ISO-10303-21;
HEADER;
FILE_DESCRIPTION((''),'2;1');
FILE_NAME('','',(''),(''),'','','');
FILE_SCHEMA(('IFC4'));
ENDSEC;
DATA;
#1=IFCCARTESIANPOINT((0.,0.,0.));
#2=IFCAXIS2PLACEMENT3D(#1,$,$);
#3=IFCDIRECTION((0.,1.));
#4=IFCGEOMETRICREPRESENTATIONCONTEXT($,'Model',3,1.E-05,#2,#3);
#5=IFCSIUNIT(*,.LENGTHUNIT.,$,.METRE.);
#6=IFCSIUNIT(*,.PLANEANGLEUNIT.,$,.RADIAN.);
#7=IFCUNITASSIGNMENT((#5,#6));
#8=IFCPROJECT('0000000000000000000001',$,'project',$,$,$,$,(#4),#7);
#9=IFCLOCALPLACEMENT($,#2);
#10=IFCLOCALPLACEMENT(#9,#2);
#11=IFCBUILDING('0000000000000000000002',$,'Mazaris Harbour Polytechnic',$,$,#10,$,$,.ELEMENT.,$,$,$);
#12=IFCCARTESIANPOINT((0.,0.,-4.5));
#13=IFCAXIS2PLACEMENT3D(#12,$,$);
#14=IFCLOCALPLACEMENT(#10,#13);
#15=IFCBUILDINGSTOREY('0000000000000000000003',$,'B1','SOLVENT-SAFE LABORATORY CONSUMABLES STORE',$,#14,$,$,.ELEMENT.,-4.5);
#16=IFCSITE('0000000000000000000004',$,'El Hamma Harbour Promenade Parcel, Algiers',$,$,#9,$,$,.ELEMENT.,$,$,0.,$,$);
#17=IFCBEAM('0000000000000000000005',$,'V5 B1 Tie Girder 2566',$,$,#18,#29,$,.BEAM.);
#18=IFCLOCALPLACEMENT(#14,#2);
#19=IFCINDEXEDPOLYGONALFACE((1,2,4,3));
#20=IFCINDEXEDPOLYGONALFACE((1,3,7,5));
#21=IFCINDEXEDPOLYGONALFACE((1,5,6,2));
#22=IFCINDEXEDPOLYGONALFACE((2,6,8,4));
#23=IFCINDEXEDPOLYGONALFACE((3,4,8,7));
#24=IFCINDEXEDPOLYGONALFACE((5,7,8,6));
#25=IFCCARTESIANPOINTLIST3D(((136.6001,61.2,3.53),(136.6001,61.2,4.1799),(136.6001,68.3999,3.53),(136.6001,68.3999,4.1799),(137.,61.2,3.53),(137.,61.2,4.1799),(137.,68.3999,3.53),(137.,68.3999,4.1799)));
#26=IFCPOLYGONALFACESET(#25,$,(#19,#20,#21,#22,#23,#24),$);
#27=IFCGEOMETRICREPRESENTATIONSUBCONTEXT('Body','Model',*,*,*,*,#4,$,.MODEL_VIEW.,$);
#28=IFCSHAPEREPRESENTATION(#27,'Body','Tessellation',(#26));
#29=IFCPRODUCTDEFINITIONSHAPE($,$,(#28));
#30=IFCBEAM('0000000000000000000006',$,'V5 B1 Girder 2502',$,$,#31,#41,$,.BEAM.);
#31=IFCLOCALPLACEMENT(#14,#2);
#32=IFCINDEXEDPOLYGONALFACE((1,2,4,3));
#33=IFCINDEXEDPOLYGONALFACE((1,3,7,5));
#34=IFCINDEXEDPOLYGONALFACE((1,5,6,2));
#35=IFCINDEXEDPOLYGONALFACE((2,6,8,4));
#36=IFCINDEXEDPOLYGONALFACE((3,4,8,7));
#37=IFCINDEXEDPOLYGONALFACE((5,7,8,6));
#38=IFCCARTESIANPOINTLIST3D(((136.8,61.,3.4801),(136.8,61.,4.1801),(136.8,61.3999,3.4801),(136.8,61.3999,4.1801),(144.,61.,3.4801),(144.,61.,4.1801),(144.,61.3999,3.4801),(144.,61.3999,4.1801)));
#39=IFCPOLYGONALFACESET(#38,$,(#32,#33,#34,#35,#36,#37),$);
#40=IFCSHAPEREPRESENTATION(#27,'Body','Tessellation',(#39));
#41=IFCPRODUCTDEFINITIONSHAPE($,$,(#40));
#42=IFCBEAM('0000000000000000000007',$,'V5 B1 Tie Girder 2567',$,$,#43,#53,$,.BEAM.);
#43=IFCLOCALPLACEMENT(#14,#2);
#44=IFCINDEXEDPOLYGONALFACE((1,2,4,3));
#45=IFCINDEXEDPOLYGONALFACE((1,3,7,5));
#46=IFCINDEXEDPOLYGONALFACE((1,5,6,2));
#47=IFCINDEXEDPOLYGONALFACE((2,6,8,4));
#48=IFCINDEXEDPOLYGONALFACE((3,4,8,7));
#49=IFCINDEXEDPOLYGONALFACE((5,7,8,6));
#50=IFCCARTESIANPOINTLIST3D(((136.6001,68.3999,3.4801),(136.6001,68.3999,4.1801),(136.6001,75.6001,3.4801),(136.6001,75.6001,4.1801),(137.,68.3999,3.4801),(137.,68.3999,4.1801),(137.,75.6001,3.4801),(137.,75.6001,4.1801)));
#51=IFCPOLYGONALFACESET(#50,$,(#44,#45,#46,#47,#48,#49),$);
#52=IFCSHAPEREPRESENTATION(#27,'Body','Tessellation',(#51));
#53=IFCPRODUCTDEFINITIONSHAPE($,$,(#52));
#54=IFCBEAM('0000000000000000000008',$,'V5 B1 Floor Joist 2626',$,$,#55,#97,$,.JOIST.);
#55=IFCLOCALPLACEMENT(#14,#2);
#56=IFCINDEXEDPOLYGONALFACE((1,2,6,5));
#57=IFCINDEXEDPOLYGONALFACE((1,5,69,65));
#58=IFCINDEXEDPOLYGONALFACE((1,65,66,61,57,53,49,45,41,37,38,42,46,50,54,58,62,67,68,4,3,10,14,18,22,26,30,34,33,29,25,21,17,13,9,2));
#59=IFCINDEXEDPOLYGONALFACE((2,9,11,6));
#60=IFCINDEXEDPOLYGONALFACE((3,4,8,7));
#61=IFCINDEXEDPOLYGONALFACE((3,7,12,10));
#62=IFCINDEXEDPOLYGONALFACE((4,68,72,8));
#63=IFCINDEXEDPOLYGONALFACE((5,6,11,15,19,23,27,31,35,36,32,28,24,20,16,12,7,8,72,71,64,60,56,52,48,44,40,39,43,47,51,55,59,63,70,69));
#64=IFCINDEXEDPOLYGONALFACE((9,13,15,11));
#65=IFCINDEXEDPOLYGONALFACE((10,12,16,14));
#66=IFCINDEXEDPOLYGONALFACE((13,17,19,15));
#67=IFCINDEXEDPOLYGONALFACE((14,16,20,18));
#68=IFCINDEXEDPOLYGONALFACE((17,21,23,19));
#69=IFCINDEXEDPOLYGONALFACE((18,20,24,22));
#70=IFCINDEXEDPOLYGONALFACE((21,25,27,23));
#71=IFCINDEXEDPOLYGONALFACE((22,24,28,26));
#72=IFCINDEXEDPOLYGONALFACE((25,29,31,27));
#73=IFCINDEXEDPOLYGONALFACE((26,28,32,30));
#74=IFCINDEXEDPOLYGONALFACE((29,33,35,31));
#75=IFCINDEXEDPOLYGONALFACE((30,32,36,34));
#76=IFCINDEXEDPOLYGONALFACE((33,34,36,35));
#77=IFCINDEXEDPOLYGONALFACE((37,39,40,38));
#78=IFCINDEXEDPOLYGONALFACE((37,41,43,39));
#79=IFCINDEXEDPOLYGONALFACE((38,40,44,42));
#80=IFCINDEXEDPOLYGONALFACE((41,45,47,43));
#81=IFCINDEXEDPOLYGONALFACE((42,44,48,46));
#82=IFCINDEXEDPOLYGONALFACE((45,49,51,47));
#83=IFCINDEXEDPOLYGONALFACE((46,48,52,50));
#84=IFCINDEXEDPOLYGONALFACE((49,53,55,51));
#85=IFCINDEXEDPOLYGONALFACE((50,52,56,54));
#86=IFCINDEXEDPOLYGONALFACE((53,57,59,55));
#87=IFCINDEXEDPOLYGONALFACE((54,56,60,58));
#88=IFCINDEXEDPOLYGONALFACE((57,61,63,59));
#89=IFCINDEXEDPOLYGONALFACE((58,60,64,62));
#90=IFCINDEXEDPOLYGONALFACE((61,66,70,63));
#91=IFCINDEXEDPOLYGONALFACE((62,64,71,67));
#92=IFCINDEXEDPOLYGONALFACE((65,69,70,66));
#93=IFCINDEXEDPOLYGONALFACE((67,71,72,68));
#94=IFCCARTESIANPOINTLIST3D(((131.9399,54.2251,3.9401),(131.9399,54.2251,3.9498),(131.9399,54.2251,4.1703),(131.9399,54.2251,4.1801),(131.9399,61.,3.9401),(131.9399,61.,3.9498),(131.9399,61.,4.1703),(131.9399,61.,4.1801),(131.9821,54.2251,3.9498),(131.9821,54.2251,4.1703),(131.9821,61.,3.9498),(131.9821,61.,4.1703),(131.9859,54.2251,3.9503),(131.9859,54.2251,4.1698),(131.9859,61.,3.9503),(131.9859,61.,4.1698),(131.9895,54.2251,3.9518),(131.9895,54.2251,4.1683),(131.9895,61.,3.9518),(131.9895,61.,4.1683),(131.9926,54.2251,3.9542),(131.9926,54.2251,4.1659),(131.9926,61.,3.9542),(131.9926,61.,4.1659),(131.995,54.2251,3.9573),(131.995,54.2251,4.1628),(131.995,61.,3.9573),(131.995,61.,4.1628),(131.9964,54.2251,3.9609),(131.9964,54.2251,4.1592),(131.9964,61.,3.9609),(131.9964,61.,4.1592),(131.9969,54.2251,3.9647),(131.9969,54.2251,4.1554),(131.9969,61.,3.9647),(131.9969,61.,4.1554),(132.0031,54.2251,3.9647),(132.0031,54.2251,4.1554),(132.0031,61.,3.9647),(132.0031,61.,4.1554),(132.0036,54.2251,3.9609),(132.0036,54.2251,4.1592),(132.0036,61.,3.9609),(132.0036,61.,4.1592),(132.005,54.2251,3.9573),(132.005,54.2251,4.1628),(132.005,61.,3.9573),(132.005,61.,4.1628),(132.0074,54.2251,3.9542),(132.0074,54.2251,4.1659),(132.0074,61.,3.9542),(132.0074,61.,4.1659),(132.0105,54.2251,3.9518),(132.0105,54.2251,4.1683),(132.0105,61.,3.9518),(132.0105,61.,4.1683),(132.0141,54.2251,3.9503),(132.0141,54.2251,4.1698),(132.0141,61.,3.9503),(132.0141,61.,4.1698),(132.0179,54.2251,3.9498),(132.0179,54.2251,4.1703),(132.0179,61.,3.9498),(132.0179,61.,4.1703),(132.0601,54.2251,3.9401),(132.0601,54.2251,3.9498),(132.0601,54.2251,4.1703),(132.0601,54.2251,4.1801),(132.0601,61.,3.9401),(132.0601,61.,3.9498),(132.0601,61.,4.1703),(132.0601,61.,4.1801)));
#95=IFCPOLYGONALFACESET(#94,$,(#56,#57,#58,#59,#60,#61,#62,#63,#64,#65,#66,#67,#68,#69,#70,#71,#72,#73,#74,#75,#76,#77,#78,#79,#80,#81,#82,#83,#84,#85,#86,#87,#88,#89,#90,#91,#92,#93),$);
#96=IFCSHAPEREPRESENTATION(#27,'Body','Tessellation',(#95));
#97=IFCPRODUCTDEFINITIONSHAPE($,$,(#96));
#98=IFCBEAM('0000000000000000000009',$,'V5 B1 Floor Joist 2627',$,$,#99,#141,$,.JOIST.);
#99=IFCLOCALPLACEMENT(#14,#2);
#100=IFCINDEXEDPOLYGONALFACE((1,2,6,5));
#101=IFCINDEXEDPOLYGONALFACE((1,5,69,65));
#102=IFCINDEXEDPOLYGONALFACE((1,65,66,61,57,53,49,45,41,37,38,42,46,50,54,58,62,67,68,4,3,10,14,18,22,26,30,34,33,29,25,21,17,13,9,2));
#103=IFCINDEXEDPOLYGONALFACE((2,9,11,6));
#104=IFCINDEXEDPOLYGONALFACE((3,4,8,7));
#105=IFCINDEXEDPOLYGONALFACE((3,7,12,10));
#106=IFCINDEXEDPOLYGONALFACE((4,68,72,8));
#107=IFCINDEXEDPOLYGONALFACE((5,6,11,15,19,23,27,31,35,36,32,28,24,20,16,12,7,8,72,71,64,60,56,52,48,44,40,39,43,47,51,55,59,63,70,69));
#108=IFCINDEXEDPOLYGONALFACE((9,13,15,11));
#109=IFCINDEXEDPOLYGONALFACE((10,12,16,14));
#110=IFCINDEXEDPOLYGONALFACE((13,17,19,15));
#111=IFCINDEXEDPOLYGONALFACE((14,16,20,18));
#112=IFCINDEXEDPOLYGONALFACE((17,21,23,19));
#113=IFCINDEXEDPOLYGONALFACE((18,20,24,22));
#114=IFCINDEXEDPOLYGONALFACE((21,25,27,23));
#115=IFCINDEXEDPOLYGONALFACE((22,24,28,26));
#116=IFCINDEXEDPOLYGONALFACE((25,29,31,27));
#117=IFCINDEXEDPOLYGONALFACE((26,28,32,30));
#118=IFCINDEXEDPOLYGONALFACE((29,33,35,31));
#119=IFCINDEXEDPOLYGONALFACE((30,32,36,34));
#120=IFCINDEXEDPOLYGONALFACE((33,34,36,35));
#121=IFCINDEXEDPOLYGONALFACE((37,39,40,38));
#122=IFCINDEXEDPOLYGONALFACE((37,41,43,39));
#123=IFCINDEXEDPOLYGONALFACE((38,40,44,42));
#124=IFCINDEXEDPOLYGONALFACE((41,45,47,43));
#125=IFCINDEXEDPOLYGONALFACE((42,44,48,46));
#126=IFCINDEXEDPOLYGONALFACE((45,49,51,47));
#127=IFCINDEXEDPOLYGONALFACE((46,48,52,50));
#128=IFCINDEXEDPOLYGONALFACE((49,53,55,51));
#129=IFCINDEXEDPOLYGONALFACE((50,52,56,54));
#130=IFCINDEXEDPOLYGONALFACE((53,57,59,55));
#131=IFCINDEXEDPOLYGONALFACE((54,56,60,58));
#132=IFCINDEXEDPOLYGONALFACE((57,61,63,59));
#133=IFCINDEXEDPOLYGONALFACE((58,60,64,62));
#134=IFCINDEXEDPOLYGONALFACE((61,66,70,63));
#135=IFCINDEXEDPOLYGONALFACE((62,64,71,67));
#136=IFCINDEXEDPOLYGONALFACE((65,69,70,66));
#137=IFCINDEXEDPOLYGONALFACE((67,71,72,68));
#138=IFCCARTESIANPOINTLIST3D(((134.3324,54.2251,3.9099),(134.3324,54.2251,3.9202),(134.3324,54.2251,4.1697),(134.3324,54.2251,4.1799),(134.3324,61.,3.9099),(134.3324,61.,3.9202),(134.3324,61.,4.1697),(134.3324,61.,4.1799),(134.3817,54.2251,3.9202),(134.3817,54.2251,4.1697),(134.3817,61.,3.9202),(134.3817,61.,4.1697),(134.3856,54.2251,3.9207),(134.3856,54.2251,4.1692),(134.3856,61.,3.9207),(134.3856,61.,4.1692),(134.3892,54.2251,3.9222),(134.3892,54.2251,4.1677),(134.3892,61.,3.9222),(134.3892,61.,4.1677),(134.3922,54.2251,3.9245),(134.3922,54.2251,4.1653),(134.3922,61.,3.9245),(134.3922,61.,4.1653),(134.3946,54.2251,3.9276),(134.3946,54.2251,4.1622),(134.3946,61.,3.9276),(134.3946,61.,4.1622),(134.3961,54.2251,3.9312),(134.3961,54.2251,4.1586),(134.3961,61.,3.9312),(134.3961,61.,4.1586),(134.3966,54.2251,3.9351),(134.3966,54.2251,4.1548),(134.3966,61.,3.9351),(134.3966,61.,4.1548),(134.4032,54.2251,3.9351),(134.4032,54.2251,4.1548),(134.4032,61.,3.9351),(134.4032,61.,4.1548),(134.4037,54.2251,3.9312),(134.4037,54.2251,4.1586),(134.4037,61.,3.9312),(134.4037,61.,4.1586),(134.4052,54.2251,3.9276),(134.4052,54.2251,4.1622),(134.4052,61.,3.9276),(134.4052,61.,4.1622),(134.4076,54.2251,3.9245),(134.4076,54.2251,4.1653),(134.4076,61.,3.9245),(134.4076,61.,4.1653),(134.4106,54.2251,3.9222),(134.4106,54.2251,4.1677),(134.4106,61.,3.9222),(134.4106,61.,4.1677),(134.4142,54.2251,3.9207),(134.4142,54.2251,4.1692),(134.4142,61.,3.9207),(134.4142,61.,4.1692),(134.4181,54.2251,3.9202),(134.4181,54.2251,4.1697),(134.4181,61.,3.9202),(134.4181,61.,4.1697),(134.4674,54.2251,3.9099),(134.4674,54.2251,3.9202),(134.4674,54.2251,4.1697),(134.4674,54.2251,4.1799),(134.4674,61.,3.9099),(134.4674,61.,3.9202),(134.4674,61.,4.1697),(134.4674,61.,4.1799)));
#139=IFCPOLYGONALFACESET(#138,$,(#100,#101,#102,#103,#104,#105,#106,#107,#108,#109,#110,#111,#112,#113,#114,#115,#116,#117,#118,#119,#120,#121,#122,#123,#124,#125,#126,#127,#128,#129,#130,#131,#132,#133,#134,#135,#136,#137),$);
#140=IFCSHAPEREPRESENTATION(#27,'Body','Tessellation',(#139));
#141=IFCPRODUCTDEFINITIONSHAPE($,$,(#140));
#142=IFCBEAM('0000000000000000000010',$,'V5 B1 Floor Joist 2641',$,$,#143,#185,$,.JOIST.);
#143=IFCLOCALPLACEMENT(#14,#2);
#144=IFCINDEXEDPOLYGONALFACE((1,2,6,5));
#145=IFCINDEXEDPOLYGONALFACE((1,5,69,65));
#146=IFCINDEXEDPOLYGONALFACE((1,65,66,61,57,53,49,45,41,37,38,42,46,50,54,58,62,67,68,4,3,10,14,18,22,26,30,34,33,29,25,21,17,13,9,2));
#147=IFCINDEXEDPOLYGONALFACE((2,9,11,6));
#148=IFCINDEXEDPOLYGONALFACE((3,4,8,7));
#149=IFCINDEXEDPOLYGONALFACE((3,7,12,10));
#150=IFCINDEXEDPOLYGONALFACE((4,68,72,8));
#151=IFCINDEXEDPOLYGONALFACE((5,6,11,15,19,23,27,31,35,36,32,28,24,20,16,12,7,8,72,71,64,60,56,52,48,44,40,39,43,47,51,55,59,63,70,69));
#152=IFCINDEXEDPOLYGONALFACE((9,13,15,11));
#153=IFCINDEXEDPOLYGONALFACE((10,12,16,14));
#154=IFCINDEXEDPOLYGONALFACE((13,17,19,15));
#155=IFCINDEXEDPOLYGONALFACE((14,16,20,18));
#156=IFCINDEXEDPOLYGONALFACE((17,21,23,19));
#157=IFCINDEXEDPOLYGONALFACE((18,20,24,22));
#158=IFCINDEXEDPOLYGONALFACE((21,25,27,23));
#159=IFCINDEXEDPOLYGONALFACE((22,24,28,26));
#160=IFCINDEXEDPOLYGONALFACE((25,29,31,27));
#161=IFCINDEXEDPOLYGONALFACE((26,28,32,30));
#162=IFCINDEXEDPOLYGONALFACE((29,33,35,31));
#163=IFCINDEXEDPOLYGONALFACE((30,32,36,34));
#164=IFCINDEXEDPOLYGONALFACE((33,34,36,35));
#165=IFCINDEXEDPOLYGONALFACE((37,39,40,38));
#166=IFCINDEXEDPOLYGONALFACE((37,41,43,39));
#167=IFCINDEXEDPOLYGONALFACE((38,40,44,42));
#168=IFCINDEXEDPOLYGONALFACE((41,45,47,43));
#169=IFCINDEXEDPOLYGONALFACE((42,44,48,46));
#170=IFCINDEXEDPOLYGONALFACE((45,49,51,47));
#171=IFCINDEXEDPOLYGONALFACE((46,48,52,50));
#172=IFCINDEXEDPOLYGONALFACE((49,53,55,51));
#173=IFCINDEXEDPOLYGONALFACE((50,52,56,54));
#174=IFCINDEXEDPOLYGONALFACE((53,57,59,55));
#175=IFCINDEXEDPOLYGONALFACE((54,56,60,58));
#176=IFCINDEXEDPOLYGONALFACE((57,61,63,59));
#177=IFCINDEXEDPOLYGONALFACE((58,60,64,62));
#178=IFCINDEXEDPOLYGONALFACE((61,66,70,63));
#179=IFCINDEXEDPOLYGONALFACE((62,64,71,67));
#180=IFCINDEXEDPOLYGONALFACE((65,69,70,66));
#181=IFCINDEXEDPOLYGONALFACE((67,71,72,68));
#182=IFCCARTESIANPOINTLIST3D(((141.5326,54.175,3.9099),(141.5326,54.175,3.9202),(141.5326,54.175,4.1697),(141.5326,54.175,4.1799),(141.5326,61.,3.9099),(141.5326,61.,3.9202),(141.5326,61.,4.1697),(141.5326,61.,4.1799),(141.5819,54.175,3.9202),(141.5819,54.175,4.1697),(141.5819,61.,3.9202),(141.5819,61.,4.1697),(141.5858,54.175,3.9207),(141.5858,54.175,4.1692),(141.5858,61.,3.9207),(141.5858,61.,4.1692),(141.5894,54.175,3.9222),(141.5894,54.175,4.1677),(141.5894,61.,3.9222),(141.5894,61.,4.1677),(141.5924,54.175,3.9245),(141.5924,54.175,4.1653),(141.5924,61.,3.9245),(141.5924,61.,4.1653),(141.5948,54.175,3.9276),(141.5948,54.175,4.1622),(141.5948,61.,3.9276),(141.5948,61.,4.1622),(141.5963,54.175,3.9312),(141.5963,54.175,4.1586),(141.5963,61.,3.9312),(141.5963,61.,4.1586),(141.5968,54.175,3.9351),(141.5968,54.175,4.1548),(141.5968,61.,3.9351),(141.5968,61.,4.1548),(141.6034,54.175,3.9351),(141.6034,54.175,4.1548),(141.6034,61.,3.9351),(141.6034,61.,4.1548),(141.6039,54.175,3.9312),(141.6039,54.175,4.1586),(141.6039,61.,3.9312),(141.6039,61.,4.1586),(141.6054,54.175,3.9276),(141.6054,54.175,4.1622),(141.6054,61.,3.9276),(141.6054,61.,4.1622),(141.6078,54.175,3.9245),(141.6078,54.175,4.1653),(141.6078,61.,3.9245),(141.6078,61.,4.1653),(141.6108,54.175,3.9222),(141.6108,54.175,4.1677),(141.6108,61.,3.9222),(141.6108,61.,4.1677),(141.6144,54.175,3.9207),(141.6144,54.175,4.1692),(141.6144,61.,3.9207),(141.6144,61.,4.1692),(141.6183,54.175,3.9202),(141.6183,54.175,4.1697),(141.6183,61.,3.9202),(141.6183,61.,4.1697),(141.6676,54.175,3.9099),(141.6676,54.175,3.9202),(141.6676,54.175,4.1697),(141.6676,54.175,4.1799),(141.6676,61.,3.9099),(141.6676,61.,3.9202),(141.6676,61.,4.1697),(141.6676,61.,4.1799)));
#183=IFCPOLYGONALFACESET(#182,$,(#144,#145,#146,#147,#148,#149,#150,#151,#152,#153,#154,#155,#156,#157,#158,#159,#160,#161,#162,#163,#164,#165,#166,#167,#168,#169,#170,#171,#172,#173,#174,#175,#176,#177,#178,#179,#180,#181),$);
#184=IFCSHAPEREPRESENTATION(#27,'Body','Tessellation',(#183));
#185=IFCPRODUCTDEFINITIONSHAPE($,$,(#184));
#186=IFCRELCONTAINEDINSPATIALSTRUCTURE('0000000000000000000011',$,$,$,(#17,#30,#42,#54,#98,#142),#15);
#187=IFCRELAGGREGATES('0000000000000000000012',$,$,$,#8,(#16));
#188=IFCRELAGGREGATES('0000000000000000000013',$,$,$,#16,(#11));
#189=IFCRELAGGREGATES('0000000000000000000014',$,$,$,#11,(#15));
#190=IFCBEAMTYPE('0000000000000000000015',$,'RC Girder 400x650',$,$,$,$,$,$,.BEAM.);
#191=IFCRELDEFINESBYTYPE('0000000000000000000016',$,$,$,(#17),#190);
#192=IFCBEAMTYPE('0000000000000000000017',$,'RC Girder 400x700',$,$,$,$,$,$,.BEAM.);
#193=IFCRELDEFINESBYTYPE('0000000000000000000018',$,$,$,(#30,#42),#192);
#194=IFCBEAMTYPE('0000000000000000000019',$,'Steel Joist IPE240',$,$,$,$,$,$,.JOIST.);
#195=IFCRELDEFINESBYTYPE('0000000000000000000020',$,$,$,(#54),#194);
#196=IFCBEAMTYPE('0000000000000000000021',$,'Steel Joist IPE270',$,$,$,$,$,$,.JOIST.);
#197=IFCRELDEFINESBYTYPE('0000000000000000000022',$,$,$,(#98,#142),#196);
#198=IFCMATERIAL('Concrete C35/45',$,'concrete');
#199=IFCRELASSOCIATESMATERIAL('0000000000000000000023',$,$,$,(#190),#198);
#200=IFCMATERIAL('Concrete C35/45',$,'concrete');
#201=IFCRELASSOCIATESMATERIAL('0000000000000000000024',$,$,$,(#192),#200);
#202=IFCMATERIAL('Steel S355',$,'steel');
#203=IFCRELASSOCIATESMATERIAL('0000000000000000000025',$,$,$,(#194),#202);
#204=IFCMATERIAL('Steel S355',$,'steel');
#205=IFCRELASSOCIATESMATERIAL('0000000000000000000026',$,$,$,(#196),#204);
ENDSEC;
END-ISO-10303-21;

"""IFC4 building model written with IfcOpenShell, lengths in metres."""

from ifc_helpers import new_model, si_unit, direction, frame, origin, origin_2d, place, context, subcontext, project, spatial, rectangle, i_section, extrude, material, material_profile, profile_set, type_object, element, save


model = new_model("IFC4")

# Units and contexts
model_context = context("Model", 3, precision=1e-05, world=origin(), true_north=direction((0.0, 1.0)))
body_context = subcontext(model_context, "Body", "Model", "MODEL_VIEW")
ifc_project = project(units=[si_unit("LENGTHUNIT", "METRE"), si_unit("PLANEANGLEUNIT", "RADIAN")], contexts=[model_context])

# Site, building, storey
site_placement = place(None, origin())
site = spatial("IfcSite", under=ifc_project, at=site_placement, Name="El Hamma Harbour Promenade Parcel, Algiers", CompositionType="ELEMENT", RefElevation=0.0)
building_placement = place(site_placement, origin())
building = spatial("IfcBuilding", under=site, at=building_placement, Name="Mazaris Harbour Polytechnic", CompositionType="ELEMENT")
storey_placement = place(building_placement, frame((0.0, 0.0, -4.5)))
storey = spatial("IfcBuildingStorey", under=building, at=storey_placement, Name="B1", Description="SOLVENT-SAFE LABORATORY CONSUMABLES STORE", CompositionType="ELEMENT", Elevation=-4.5)

# Beams
ifc_material_1 = material(Name="Concrete C35/45", Category="concrete")
ifc_material_profile_1 = material_profile(ifc_material_1, rectangle(XDim=0.3999, YDim=0.6499, at=origin_2d()), Name="RECT400x650")
ifc_profile_set_1 = profile_set([ifc_material_profile_1], Name="Concrete C35/45")
beam_type_1 = type_object("IfcBeamType", Name="RC Girder 400x650", PredefinedType="BEAM", material=ifc_profile_set_1)
beam_1_placement = place(storey_placement, frame((136.8, 61.2, 3.855), z_axis=(0.0, 1.0, 0.0), x_axis=(-1.0, 0.0, 0.0)))
element("IfcBeam", 1, at=beam_1_placement, inside=storey, type_object=beam_type_1, Name="V5 B1 Tie Girder 2566", PredefinedType="BEAM", context=body_context, shape_type="SweptSolid", body=[
    extrude(rectangle(XDim=0.3999, YDim=0.6499, at=origin_2d()), origin(), (0.0, 0.0, 1.0), 7.2),
])
ifc_material_2 = material(Name="Concrete C35/45", Category="concrete")
ifc_material_profile_2 = material_profile(ifc_material_2, rectangle(XDim=0.3999, YDim=0.7, at=origin_2d()), Name="RECT400x700")
ifc_profile_set_2 = profile_set([ifc_material_profile_2], Name="Concrete C35/45")
beam_type_2 = type_object("IfcBeamType", Name="RC Girder 400x700", PredefinedType="BEAM", material=ifc_profile_set_2)
beam_2_placement = place(storey_placement, frame((136.8, 61.2, 3.8301), z_axis=(1.0, 0.0, 0.0), x_axis=(0.0, 1.0, 0.0)))
element("IfcBeam", 2, at=beam_2_placement, inside=storey, type_object=beam_type_2, Name="V5 B1 Girder 2502", PredefinedType="BEAM", context=body_context, shape_type="SweptSolid", body=[
    extrude(rectangle(XDim=0.3999, YDim=0.7, at=origin_2d()), origin(), (0.0, 0.0, 1.0), 7.2),
])
beam_3_placement = place(storey_placement, frame((136.8, 68.3999, 3.8301), z_axis=(0.0, 1.0, 0.0), x_axis=(-1.0, 0.0, 0.0)))
element("IfcBeam", 3, at=beam_3_placement, inside=storey, type_object=beam_type_2, Name="V5 B1 Tie Girder 2567", PredefinedType="BEAM", context=body_context, shape_type="SweptSolid", body=[
    extrude(rectangle(XDim=0.3999, YDim=0.7, at=origin_2d()), origin(), (0.0, 0.0, 1.0), 7.2002),
])
ifc_material_3 = material(Name="Steel S355", Category="steel")
ifc_material_profile_3 = material_profile(ifc_material_3, i_section(OverallWidth=0.1201, OverallDepth=0.24, WebThickness=0.0061, FlangeThickness=0.0098, FilletRadius=0.0149, at=origin_2d()), Name="IPE 240")
ifc_profile_set_3 = profile_set([ifc_material_profile_3], Name="Steel S355")
beam_type_3 = type_object("IfcBeamType", Name="Steel Joist IPE240", PredefinedType="JOIST", material=ifc_profile_set_3)
beam_4_placement = place(storey_placement, frame((132.0, 54.2251, 4.0601), z_axis=(0.0, 1.0, 0.0), x_axis=(-1.0, 0.0, 0.0)))
element("IfcBeam", 4, at=beam_4_placement, inside=storey, type_object=beam_type_3, Name="V5 B1 Floor Joist 2626", PredefinedType="JOIST", context=body_context, shape_type="SweptSolid", body=[
    extrude(i_section(OverallWidth=0.1201, OverallDepth=0.24, WebThickness=0.0061, FlangeThickness=0.0098, FilletRadius=0.0149, at=origin_2d()), origin(), (0.0, 0.0, 1.0), 6.7749),
])
ifc_material_4 = material(Name="Steel S355", Category="steel")
ifc_material_profile_4 = material_profile(ifc_material_4, i_section(OverallWidth=0.135, OverallDepth=0.27, WebThickness=0.0066, FlangeThickness=0.0103, FilletRadius=0.0149, at=origin_2d()), Name="IPE 270")
ifc_profile_set_4 = profile_set([ifc_material_profile_4], Name="Steel S355")
beam_type_4 = type_object("IfcBeamType", Name="Steel Joist IPE270", PredefinedType="JOIST", material=ifc_profile_set_4)
beam_5_placement = place(storey_placement, frame((134.3999, 54.2251, 4.0449), z_axis=(0.0, 1.0, 0.0), x_axis=(-1.0, 0.0, 0.0)))
element("IfcBeam", 5, at=beam_5_placement, inside=storey, type_object=beam_type_4, Name="V5 B1 Floor Joist 2627", PredefinedType="JOIST", context=body_context, shape_type="SweptSolid", body=[
    extrude(i_section(OverallWidth=0.135, OverallDepth=0.27, WebThickness=0.0066, FlangeThickness=0.0103, FilletRadius=0.0149, at=origin_2d()), origin(), (0.0, 0.0, 1.0), 6.7749),
])
beam_6_placement = place(storey_placement, frame((141.6001, 54.175, 4.0449), z_axis=(0.0, 1.0, 0.0), x_axis=(-1.0, 0.0, 0.0)))
element("IfcBeam", 6, at=beam_6_placement, inside=storey, type_object=beam_type_4, Name="V5 B1 Floor Joist 2641", PredefinedType="JOIST", context=body_context, shape_type="SweptSolid", body=[
    extrude(i_section(OverallWidth=0.135, OverallDepth=0.27, WebThickness=0.0066, FlangeThickness=0.0103, FilletRadius=0.0149, at=origin_2d()), origin(), (0.0, 0.0, 1.0), 6.825),
])

save(model, "model.ifc")
